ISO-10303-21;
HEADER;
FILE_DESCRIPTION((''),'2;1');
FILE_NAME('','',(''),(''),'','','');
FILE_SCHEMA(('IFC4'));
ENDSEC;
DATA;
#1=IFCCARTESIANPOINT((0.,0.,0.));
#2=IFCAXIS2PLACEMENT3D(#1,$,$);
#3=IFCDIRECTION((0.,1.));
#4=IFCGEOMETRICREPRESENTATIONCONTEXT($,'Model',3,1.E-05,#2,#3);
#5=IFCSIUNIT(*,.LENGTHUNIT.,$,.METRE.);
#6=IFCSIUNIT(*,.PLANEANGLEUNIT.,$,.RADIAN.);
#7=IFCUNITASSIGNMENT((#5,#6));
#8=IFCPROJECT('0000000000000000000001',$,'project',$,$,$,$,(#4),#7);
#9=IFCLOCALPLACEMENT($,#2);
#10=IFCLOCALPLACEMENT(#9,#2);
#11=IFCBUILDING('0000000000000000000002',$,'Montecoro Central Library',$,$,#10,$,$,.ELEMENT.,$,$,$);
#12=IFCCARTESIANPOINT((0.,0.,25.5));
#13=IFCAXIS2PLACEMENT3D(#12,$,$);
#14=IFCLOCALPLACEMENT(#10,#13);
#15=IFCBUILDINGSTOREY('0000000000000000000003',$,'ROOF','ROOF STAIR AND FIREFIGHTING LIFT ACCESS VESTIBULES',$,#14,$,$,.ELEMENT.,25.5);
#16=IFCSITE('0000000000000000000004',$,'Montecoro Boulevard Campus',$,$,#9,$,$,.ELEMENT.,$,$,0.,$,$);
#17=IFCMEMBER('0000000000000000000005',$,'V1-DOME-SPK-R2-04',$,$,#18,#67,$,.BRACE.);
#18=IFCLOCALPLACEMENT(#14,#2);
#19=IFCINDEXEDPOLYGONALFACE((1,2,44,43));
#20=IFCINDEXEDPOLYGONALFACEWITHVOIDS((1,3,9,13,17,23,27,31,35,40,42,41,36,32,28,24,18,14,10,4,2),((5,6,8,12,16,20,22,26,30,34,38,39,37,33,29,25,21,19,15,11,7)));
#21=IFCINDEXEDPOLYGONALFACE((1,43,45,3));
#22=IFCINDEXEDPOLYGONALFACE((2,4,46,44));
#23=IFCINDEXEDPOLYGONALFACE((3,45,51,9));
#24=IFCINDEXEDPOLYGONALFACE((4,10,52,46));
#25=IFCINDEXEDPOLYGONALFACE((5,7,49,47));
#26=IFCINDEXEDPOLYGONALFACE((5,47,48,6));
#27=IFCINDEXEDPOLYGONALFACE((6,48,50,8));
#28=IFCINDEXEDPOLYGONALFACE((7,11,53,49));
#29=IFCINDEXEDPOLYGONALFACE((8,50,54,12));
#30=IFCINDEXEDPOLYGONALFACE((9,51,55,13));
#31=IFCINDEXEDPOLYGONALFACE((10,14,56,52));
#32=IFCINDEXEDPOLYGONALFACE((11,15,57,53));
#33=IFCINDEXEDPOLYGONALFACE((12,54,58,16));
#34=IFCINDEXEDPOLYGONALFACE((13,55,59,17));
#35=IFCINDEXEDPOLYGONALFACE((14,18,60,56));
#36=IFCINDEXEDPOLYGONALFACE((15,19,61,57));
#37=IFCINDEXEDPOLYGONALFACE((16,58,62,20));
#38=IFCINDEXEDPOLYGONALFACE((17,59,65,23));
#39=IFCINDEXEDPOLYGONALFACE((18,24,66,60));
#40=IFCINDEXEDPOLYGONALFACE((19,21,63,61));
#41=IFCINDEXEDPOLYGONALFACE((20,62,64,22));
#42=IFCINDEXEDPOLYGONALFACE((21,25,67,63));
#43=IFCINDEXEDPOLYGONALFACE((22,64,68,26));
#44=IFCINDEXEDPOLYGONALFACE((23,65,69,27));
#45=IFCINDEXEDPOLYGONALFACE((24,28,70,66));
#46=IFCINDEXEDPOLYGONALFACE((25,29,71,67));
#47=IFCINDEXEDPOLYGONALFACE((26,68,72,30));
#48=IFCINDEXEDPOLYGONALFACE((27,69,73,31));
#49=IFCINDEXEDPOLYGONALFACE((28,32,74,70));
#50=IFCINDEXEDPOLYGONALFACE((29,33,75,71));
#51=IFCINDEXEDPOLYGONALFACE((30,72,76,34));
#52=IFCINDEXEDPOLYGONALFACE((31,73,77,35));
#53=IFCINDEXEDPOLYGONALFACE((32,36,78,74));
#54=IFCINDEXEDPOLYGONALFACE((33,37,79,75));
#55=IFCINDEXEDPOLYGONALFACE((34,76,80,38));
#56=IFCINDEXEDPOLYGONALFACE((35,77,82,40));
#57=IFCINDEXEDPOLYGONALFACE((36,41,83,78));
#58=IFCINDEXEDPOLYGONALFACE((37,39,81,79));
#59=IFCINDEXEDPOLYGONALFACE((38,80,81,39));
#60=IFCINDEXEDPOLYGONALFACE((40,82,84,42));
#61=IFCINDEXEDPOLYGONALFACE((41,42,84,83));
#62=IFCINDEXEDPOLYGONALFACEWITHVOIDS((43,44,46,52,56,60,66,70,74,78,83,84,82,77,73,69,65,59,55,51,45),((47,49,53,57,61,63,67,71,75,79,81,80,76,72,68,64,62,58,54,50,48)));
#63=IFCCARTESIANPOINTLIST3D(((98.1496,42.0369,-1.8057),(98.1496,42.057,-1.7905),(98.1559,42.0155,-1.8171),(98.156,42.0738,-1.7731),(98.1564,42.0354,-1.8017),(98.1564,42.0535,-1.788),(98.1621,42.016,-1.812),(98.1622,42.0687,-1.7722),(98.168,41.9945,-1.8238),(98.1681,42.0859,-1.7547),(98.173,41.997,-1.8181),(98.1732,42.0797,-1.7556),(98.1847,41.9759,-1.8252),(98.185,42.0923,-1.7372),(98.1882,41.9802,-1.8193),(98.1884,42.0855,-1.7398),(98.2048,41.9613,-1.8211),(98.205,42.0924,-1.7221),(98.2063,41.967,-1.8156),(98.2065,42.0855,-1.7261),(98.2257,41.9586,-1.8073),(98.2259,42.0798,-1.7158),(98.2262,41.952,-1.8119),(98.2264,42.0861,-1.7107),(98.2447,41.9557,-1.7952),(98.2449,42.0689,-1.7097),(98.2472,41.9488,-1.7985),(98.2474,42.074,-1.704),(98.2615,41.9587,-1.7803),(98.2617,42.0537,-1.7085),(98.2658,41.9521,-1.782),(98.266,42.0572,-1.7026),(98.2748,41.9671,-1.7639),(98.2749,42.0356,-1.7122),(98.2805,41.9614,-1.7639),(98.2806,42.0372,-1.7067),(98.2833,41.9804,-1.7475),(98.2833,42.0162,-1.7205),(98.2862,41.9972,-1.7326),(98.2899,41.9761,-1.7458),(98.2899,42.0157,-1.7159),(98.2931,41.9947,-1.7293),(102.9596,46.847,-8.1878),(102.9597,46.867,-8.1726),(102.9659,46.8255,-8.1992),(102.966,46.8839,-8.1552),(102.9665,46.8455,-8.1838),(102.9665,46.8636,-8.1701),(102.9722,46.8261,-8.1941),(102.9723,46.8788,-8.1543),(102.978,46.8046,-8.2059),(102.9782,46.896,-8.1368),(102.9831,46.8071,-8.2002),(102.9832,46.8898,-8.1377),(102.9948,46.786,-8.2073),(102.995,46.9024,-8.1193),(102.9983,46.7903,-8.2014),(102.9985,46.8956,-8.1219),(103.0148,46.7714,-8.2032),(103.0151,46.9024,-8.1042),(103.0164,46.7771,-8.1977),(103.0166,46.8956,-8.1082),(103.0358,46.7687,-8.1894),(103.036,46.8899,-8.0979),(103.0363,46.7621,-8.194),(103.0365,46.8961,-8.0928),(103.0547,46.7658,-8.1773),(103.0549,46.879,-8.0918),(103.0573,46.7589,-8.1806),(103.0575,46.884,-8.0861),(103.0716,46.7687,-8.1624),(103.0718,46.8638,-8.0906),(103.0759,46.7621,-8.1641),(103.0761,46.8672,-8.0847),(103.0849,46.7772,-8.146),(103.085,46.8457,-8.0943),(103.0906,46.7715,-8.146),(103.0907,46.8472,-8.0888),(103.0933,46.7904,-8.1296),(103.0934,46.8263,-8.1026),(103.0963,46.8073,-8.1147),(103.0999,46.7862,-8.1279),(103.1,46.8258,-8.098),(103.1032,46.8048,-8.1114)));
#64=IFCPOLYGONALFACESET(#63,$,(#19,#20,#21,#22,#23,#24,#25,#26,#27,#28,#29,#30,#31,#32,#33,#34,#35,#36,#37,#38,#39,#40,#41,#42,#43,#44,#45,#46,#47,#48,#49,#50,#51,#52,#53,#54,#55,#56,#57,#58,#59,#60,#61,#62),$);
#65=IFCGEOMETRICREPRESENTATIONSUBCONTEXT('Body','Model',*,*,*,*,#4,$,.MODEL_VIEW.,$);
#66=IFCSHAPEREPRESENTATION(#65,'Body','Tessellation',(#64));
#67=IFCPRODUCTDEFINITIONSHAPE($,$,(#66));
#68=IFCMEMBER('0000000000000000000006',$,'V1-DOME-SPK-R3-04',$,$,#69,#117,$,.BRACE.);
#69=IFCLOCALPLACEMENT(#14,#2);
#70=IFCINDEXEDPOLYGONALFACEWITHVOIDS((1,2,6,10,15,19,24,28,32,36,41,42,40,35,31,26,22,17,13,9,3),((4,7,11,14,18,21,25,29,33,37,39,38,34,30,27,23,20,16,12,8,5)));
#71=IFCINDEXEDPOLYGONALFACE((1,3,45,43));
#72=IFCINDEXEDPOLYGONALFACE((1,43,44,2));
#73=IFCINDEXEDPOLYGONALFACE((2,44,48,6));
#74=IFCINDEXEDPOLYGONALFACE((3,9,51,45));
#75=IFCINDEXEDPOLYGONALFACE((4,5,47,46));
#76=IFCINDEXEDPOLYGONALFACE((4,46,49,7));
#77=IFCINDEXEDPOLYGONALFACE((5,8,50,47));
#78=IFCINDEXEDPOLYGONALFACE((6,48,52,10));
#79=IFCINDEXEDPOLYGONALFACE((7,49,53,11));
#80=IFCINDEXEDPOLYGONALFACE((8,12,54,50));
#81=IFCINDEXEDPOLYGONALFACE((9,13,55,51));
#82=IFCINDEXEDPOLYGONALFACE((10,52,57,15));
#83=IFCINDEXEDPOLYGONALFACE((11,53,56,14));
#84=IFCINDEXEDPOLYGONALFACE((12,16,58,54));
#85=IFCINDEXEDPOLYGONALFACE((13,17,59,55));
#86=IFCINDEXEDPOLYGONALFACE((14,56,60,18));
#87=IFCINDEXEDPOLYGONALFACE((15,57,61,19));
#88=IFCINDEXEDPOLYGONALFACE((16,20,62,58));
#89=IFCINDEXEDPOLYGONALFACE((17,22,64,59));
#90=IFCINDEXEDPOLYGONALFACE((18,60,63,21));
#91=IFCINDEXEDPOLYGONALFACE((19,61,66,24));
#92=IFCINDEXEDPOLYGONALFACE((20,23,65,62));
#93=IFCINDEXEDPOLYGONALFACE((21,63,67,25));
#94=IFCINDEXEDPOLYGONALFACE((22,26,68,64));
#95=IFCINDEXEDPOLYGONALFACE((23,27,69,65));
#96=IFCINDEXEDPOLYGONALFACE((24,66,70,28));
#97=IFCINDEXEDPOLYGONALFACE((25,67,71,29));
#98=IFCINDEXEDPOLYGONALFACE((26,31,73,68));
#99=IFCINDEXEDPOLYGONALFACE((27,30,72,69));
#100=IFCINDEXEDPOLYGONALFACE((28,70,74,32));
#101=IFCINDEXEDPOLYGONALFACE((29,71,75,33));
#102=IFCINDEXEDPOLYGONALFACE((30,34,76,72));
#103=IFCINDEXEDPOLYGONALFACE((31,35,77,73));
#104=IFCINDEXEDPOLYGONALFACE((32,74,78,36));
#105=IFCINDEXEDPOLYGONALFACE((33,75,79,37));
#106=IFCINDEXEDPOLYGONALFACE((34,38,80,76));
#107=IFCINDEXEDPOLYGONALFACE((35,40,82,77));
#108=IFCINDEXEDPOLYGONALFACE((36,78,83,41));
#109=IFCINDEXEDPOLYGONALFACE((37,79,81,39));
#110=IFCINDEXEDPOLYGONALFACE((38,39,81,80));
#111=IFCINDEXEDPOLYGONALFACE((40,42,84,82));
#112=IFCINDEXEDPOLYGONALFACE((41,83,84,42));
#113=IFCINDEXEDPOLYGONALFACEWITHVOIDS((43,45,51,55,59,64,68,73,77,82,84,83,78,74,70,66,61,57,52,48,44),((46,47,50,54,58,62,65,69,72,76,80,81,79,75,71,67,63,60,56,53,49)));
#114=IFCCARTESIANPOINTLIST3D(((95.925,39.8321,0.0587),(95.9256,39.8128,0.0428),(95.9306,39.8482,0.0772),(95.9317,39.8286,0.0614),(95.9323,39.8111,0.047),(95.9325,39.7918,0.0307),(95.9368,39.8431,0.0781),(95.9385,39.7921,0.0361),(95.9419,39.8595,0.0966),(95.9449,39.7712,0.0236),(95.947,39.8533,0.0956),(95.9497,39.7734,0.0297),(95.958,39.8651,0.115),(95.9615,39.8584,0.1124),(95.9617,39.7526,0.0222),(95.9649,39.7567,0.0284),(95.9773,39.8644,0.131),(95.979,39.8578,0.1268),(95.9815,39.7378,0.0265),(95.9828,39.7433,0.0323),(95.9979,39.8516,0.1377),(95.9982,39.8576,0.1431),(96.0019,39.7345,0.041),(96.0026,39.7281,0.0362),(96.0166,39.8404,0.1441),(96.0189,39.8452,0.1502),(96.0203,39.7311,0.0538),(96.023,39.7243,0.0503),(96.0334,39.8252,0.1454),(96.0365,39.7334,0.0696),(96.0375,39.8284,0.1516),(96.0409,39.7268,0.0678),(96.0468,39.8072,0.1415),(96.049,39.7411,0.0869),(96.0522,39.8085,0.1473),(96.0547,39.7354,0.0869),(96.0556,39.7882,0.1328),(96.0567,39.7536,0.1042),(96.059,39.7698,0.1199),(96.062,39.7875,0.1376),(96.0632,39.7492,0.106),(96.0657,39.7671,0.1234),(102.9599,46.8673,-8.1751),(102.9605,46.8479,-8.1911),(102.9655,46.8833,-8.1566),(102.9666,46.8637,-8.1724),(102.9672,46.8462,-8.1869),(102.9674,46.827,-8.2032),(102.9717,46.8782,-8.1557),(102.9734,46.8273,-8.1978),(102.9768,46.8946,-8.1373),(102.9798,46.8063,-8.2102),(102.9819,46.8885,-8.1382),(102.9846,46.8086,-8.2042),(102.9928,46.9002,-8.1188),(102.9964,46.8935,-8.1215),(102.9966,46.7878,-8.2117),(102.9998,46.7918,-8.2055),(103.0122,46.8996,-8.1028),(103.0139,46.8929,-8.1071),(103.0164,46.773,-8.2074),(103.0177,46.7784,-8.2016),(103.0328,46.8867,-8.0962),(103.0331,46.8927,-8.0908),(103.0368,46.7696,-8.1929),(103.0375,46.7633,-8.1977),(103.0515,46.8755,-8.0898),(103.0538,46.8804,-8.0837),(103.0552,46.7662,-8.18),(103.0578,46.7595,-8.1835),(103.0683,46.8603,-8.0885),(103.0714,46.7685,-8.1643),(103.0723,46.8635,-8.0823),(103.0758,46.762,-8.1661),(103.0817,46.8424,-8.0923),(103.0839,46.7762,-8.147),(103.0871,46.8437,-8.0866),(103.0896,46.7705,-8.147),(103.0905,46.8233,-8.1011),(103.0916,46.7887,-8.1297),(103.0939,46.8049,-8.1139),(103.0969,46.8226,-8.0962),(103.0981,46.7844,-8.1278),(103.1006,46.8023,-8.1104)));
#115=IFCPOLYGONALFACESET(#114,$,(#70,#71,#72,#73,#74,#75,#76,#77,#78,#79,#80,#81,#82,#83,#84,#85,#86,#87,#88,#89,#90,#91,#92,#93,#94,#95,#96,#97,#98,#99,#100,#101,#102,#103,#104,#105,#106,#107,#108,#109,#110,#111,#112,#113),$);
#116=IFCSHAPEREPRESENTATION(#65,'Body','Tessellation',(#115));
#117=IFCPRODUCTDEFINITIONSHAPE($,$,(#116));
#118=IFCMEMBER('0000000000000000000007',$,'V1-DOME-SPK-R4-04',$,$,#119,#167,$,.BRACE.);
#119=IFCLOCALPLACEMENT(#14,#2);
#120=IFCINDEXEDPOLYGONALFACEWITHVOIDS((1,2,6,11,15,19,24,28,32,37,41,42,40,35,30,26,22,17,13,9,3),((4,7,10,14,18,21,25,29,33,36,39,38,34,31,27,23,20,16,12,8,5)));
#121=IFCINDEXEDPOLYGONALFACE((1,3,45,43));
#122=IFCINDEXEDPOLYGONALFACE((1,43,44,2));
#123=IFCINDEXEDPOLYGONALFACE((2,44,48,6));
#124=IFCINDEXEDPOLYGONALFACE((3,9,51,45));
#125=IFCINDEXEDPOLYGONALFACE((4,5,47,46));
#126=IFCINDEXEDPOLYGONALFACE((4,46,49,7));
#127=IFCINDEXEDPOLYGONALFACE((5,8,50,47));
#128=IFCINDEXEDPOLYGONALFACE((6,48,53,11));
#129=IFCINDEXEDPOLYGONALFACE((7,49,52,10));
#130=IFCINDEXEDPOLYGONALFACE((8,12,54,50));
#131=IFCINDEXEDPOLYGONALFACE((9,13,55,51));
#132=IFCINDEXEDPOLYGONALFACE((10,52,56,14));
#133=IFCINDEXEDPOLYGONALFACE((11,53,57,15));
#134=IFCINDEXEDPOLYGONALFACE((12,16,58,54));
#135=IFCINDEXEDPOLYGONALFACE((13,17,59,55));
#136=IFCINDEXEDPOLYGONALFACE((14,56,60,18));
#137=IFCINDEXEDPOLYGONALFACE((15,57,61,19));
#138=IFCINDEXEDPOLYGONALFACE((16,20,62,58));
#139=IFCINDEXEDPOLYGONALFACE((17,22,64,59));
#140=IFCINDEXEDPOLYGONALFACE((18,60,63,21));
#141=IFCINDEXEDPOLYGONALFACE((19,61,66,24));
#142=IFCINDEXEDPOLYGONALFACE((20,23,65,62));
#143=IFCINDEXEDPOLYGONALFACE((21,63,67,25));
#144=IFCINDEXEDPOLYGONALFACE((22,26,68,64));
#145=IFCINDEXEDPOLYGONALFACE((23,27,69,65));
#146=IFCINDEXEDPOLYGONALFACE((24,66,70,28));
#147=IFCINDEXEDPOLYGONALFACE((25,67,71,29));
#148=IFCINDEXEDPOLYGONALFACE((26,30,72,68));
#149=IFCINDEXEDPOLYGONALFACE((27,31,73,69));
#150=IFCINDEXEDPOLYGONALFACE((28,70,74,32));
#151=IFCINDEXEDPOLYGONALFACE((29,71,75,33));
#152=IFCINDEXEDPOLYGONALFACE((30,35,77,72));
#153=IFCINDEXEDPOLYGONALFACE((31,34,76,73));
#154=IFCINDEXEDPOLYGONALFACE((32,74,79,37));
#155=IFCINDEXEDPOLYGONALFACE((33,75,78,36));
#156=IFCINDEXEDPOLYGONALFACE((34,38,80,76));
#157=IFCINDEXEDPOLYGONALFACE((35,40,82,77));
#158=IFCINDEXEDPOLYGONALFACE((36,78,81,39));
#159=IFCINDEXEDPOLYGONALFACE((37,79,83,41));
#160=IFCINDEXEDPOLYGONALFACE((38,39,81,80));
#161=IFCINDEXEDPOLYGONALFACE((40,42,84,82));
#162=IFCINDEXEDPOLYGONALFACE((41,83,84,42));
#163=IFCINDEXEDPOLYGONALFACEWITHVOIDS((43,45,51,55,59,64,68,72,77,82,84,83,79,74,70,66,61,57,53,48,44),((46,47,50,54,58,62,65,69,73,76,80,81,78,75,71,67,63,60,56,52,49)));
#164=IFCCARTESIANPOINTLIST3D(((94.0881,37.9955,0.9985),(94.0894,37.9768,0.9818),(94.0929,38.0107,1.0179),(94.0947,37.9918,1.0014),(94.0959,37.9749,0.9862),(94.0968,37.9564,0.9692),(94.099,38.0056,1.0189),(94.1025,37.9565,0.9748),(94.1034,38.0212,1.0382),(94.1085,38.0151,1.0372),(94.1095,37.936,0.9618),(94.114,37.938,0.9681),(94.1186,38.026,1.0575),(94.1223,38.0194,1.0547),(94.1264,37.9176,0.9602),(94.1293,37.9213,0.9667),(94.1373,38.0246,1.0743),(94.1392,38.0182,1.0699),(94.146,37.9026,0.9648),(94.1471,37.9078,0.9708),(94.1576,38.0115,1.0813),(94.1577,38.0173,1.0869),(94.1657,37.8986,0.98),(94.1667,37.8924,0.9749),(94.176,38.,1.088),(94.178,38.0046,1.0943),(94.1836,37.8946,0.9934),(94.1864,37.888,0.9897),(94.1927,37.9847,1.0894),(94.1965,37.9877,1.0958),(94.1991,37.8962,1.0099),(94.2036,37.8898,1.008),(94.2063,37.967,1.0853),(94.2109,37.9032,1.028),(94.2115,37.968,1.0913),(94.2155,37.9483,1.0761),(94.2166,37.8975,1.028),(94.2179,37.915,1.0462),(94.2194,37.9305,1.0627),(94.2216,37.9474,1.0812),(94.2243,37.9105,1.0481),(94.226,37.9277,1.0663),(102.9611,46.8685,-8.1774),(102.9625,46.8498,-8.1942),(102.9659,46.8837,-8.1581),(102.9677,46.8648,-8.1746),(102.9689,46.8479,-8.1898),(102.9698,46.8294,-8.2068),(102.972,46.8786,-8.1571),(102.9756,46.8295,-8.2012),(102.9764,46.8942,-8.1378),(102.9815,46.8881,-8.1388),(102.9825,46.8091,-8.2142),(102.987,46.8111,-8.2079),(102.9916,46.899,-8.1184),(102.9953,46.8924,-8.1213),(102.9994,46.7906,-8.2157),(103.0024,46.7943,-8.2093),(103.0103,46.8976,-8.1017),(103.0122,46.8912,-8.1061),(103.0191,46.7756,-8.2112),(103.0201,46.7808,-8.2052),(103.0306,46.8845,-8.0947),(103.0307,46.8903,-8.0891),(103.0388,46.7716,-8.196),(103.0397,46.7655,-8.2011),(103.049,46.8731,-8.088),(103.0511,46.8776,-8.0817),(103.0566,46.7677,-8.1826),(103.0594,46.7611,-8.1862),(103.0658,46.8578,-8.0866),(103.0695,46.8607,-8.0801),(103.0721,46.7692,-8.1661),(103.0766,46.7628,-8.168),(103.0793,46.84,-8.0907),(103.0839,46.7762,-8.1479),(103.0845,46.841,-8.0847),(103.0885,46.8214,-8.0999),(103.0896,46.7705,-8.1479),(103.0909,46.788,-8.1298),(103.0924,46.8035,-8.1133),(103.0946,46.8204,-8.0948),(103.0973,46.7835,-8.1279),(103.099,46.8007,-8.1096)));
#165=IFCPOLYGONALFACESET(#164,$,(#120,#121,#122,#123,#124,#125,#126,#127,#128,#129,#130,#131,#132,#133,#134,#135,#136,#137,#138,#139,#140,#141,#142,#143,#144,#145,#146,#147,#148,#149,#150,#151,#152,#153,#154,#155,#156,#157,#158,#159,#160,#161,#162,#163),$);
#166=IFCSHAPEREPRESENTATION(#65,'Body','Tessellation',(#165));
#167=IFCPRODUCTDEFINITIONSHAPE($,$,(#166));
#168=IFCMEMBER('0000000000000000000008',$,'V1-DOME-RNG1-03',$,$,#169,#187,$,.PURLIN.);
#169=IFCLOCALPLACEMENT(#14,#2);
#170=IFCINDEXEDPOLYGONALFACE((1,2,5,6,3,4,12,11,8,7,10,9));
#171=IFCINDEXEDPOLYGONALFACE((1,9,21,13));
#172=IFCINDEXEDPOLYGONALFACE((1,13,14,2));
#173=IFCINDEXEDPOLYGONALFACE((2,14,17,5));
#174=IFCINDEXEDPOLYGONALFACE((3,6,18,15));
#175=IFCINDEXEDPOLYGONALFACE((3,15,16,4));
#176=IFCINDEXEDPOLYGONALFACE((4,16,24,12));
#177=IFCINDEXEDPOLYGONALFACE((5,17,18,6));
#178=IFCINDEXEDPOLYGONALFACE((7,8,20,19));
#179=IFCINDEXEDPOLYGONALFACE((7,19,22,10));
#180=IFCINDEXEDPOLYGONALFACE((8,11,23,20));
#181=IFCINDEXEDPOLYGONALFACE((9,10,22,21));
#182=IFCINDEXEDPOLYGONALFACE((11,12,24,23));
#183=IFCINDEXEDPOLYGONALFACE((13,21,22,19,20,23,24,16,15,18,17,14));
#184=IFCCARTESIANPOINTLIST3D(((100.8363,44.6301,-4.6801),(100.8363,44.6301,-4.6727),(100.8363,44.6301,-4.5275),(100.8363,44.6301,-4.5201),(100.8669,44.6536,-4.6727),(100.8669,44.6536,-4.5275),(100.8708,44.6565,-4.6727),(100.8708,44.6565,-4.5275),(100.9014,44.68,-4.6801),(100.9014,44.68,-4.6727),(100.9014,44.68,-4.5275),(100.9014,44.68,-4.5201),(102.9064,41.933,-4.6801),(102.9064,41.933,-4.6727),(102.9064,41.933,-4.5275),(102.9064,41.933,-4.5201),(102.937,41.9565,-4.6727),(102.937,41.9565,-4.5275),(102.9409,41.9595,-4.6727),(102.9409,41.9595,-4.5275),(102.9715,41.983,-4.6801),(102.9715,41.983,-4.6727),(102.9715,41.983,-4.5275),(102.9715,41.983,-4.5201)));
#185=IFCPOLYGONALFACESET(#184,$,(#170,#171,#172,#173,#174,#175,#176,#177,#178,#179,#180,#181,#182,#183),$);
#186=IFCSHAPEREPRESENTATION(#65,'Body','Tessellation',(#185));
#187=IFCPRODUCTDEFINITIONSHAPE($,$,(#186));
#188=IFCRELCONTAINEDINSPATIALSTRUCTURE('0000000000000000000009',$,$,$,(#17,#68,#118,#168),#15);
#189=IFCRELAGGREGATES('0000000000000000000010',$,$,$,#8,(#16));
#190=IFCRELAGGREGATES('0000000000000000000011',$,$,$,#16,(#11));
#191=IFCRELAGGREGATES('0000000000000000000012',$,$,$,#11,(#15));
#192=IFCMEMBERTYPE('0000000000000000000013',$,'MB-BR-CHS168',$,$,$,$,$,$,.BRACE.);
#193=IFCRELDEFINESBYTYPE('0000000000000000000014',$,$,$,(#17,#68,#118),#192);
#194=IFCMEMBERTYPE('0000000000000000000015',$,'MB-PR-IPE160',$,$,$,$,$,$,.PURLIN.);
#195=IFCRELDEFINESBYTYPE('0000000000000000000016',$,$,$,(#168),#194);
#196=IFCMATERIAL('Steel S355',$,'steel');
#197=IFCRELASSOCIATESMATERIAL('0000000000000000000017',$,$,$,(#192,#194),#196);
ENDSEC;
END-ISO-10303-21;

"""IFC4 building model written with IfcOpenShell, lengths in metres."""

from ifc_helpers import new_model, si_unit, direction, frame, origin, origin_2d, place, context, subcontext, project, spatial, hollow_circle, i_section, extrude, material, material_profile, profile_set, type_object, element, save


model = new_model("IFC4")

# Units and contexts
model_context = context("Model", 3, precision=1e-05, world=origin(), true_north=direction((0.0, 1.0)))
body_context = subcontext(model_context, "Body", "Model", "MODEL_VIEW")
ifc_project = project(units=[si_unit("LENGTHUNIT", "METRE"), si_unit("PLANEANGLEUNIT", "RADIAN")], contexts=[model_context])

# Site, building, storey
site_placement = place(None, origin())
site = spatial("IfcSite", under=ifc_project, at=site_placement, Name="Montecoro Boulevard Campus", CompositionType="ELEMENT", RefElevation=0.0)
building_placement = place(site_placement, origin())
building = spatial("IfcBuilding", under=site, at=building_placement, Name="Montecoro Central Library", CompositionType="ELEMENT")
storey_placement = place(building_placement, frame((0.0, 0.0, 25.5)))
storey = spatial("IfcBuildingStorey", under=building, at=storey_placement, Name="ROOF", Description="ROOF STAIR AND FIREFIGHTING LIFT ACCESS VESTIBULES", CompositionType="ELEMENT", Elevation=25.5)

# Members
ifc_material_1 = material(Name="Steel S355", Category="steel")
ifc_material_profile_1 = material_profile(ifc_material_1, hollow_circle(Radius=0.0842, WallThickness=0.0081, at=origin_2d()), Name="CHS 168.3x8.0")
ifc_profile_set_1 = profile_set([ifc_material_profile_1], Name="Steel S355")
member_type_1 = type_object("IfcMemberType", Name="MB-BR-CHS168", PredefinedType="BRACE", material=ifc_profile_set_1)
member_1_placement = place(storey_placement, frame((103.031, 46.8311, -8.146), z_axis=(-0.51568, -0.51568, 0.684214), x_axis=(0.707107, -0.707107, 0.0)))
element("IfcMember", 1, at=member_1_placement, inside=storey, type_object=member_type_1, Name="V1-DOME-SPK-R2-04", PredefinedType="BRACE", context=body_context, shape_type="SweptSolid", body=[
    extrude(hollow_circle(Radius=0.0842, WallThickness=0.0081, at=origin_2d()), origin(), (0.0, 0.0, 1.0), 9.3276),
])
member_2_placement = place(storey_placement, frame((103.03, 46.8301, -8.147), z_axis=(-0.544736, -0.544755, 0.637577), x_axis=(0.707119, -0.707095, 0.0)))
element("IfcMember", 2, at=member_2_placement, inside=storey, type_object=member_type_1, Name="V1-DOME-SPK-R3-04", PredefinedType="BRACE", context=body_context, shape_type="SweptSolid", body=[
    extrude(hollow_circle(Radius=0.0842, WallThickness=0.0081, at=origin_2d()), origin(), (0.0, 0.0, 1.0), 12.9143),
])
member_3_placement = place(storey_placement, frame((103.03, 46.8301, -8.1479), z_axis=(-0.570781, -0.570781, 0.59027), x_axis=(0.707107, -0.707107, 0.0)))
element("IfcMember", 3, at=member_3_placement, inside=storey, type_object=member_type_1, Name="V1-DOME-SPK-R4-04", PredefinedType="BRACE", context=body_context, shape_type="SweptSolid", body=[
    extrude(hollow_circle(Radius=0.0842, WallThickness=0.0081, at=origin_2d()), origin(), (0.0, 0.0, 1.0), 15.5454),
])
ifc_material_profile_2 = material_profile(ifc_material_1, i_section(OverallWidth=0.082, OverallDepth=0.1599, WebThickness=0.0049, FlangeThickness=0.0073, at=origin_2d()), Name="IPE 160")
ifc_profile_set_2 = profile_set([ifc_material_profile_2], Name="Steel S355")
member_type_2 = type_object("IfcMemberType", Name="MB-PR-IPE160", PredefinedType="PURLIN", material=ifc_profile_set_2)
for number, where, z_axis, x_axis, name in (
    (4, (102.939, 41.958, -4.6001), (-0.608867, 0.793272, 0.0), (-0.793272, -0.608867, 0.0), "V1-DOME-RNG1-03"),
):
    element("IfcMember", number, at=place(storey_placement, frame(where, z_axis=z_axis, x_axis=x_axis)), inside=storey, type_object=member_type_2, Name=name, PredefinedType="PURLIN", context=body_context, shape_type="SweptSolid", body=[
        extrude(i_section(OverallWidth=0.082, OverallDepth=0.1599, WebThickness=0.0049, FlangeThickness=0.0073, at=origin_2d()), origin(), (0.0, 0.0, 1.0), 3.3999),
    ])

save(model, "model.ifc")
